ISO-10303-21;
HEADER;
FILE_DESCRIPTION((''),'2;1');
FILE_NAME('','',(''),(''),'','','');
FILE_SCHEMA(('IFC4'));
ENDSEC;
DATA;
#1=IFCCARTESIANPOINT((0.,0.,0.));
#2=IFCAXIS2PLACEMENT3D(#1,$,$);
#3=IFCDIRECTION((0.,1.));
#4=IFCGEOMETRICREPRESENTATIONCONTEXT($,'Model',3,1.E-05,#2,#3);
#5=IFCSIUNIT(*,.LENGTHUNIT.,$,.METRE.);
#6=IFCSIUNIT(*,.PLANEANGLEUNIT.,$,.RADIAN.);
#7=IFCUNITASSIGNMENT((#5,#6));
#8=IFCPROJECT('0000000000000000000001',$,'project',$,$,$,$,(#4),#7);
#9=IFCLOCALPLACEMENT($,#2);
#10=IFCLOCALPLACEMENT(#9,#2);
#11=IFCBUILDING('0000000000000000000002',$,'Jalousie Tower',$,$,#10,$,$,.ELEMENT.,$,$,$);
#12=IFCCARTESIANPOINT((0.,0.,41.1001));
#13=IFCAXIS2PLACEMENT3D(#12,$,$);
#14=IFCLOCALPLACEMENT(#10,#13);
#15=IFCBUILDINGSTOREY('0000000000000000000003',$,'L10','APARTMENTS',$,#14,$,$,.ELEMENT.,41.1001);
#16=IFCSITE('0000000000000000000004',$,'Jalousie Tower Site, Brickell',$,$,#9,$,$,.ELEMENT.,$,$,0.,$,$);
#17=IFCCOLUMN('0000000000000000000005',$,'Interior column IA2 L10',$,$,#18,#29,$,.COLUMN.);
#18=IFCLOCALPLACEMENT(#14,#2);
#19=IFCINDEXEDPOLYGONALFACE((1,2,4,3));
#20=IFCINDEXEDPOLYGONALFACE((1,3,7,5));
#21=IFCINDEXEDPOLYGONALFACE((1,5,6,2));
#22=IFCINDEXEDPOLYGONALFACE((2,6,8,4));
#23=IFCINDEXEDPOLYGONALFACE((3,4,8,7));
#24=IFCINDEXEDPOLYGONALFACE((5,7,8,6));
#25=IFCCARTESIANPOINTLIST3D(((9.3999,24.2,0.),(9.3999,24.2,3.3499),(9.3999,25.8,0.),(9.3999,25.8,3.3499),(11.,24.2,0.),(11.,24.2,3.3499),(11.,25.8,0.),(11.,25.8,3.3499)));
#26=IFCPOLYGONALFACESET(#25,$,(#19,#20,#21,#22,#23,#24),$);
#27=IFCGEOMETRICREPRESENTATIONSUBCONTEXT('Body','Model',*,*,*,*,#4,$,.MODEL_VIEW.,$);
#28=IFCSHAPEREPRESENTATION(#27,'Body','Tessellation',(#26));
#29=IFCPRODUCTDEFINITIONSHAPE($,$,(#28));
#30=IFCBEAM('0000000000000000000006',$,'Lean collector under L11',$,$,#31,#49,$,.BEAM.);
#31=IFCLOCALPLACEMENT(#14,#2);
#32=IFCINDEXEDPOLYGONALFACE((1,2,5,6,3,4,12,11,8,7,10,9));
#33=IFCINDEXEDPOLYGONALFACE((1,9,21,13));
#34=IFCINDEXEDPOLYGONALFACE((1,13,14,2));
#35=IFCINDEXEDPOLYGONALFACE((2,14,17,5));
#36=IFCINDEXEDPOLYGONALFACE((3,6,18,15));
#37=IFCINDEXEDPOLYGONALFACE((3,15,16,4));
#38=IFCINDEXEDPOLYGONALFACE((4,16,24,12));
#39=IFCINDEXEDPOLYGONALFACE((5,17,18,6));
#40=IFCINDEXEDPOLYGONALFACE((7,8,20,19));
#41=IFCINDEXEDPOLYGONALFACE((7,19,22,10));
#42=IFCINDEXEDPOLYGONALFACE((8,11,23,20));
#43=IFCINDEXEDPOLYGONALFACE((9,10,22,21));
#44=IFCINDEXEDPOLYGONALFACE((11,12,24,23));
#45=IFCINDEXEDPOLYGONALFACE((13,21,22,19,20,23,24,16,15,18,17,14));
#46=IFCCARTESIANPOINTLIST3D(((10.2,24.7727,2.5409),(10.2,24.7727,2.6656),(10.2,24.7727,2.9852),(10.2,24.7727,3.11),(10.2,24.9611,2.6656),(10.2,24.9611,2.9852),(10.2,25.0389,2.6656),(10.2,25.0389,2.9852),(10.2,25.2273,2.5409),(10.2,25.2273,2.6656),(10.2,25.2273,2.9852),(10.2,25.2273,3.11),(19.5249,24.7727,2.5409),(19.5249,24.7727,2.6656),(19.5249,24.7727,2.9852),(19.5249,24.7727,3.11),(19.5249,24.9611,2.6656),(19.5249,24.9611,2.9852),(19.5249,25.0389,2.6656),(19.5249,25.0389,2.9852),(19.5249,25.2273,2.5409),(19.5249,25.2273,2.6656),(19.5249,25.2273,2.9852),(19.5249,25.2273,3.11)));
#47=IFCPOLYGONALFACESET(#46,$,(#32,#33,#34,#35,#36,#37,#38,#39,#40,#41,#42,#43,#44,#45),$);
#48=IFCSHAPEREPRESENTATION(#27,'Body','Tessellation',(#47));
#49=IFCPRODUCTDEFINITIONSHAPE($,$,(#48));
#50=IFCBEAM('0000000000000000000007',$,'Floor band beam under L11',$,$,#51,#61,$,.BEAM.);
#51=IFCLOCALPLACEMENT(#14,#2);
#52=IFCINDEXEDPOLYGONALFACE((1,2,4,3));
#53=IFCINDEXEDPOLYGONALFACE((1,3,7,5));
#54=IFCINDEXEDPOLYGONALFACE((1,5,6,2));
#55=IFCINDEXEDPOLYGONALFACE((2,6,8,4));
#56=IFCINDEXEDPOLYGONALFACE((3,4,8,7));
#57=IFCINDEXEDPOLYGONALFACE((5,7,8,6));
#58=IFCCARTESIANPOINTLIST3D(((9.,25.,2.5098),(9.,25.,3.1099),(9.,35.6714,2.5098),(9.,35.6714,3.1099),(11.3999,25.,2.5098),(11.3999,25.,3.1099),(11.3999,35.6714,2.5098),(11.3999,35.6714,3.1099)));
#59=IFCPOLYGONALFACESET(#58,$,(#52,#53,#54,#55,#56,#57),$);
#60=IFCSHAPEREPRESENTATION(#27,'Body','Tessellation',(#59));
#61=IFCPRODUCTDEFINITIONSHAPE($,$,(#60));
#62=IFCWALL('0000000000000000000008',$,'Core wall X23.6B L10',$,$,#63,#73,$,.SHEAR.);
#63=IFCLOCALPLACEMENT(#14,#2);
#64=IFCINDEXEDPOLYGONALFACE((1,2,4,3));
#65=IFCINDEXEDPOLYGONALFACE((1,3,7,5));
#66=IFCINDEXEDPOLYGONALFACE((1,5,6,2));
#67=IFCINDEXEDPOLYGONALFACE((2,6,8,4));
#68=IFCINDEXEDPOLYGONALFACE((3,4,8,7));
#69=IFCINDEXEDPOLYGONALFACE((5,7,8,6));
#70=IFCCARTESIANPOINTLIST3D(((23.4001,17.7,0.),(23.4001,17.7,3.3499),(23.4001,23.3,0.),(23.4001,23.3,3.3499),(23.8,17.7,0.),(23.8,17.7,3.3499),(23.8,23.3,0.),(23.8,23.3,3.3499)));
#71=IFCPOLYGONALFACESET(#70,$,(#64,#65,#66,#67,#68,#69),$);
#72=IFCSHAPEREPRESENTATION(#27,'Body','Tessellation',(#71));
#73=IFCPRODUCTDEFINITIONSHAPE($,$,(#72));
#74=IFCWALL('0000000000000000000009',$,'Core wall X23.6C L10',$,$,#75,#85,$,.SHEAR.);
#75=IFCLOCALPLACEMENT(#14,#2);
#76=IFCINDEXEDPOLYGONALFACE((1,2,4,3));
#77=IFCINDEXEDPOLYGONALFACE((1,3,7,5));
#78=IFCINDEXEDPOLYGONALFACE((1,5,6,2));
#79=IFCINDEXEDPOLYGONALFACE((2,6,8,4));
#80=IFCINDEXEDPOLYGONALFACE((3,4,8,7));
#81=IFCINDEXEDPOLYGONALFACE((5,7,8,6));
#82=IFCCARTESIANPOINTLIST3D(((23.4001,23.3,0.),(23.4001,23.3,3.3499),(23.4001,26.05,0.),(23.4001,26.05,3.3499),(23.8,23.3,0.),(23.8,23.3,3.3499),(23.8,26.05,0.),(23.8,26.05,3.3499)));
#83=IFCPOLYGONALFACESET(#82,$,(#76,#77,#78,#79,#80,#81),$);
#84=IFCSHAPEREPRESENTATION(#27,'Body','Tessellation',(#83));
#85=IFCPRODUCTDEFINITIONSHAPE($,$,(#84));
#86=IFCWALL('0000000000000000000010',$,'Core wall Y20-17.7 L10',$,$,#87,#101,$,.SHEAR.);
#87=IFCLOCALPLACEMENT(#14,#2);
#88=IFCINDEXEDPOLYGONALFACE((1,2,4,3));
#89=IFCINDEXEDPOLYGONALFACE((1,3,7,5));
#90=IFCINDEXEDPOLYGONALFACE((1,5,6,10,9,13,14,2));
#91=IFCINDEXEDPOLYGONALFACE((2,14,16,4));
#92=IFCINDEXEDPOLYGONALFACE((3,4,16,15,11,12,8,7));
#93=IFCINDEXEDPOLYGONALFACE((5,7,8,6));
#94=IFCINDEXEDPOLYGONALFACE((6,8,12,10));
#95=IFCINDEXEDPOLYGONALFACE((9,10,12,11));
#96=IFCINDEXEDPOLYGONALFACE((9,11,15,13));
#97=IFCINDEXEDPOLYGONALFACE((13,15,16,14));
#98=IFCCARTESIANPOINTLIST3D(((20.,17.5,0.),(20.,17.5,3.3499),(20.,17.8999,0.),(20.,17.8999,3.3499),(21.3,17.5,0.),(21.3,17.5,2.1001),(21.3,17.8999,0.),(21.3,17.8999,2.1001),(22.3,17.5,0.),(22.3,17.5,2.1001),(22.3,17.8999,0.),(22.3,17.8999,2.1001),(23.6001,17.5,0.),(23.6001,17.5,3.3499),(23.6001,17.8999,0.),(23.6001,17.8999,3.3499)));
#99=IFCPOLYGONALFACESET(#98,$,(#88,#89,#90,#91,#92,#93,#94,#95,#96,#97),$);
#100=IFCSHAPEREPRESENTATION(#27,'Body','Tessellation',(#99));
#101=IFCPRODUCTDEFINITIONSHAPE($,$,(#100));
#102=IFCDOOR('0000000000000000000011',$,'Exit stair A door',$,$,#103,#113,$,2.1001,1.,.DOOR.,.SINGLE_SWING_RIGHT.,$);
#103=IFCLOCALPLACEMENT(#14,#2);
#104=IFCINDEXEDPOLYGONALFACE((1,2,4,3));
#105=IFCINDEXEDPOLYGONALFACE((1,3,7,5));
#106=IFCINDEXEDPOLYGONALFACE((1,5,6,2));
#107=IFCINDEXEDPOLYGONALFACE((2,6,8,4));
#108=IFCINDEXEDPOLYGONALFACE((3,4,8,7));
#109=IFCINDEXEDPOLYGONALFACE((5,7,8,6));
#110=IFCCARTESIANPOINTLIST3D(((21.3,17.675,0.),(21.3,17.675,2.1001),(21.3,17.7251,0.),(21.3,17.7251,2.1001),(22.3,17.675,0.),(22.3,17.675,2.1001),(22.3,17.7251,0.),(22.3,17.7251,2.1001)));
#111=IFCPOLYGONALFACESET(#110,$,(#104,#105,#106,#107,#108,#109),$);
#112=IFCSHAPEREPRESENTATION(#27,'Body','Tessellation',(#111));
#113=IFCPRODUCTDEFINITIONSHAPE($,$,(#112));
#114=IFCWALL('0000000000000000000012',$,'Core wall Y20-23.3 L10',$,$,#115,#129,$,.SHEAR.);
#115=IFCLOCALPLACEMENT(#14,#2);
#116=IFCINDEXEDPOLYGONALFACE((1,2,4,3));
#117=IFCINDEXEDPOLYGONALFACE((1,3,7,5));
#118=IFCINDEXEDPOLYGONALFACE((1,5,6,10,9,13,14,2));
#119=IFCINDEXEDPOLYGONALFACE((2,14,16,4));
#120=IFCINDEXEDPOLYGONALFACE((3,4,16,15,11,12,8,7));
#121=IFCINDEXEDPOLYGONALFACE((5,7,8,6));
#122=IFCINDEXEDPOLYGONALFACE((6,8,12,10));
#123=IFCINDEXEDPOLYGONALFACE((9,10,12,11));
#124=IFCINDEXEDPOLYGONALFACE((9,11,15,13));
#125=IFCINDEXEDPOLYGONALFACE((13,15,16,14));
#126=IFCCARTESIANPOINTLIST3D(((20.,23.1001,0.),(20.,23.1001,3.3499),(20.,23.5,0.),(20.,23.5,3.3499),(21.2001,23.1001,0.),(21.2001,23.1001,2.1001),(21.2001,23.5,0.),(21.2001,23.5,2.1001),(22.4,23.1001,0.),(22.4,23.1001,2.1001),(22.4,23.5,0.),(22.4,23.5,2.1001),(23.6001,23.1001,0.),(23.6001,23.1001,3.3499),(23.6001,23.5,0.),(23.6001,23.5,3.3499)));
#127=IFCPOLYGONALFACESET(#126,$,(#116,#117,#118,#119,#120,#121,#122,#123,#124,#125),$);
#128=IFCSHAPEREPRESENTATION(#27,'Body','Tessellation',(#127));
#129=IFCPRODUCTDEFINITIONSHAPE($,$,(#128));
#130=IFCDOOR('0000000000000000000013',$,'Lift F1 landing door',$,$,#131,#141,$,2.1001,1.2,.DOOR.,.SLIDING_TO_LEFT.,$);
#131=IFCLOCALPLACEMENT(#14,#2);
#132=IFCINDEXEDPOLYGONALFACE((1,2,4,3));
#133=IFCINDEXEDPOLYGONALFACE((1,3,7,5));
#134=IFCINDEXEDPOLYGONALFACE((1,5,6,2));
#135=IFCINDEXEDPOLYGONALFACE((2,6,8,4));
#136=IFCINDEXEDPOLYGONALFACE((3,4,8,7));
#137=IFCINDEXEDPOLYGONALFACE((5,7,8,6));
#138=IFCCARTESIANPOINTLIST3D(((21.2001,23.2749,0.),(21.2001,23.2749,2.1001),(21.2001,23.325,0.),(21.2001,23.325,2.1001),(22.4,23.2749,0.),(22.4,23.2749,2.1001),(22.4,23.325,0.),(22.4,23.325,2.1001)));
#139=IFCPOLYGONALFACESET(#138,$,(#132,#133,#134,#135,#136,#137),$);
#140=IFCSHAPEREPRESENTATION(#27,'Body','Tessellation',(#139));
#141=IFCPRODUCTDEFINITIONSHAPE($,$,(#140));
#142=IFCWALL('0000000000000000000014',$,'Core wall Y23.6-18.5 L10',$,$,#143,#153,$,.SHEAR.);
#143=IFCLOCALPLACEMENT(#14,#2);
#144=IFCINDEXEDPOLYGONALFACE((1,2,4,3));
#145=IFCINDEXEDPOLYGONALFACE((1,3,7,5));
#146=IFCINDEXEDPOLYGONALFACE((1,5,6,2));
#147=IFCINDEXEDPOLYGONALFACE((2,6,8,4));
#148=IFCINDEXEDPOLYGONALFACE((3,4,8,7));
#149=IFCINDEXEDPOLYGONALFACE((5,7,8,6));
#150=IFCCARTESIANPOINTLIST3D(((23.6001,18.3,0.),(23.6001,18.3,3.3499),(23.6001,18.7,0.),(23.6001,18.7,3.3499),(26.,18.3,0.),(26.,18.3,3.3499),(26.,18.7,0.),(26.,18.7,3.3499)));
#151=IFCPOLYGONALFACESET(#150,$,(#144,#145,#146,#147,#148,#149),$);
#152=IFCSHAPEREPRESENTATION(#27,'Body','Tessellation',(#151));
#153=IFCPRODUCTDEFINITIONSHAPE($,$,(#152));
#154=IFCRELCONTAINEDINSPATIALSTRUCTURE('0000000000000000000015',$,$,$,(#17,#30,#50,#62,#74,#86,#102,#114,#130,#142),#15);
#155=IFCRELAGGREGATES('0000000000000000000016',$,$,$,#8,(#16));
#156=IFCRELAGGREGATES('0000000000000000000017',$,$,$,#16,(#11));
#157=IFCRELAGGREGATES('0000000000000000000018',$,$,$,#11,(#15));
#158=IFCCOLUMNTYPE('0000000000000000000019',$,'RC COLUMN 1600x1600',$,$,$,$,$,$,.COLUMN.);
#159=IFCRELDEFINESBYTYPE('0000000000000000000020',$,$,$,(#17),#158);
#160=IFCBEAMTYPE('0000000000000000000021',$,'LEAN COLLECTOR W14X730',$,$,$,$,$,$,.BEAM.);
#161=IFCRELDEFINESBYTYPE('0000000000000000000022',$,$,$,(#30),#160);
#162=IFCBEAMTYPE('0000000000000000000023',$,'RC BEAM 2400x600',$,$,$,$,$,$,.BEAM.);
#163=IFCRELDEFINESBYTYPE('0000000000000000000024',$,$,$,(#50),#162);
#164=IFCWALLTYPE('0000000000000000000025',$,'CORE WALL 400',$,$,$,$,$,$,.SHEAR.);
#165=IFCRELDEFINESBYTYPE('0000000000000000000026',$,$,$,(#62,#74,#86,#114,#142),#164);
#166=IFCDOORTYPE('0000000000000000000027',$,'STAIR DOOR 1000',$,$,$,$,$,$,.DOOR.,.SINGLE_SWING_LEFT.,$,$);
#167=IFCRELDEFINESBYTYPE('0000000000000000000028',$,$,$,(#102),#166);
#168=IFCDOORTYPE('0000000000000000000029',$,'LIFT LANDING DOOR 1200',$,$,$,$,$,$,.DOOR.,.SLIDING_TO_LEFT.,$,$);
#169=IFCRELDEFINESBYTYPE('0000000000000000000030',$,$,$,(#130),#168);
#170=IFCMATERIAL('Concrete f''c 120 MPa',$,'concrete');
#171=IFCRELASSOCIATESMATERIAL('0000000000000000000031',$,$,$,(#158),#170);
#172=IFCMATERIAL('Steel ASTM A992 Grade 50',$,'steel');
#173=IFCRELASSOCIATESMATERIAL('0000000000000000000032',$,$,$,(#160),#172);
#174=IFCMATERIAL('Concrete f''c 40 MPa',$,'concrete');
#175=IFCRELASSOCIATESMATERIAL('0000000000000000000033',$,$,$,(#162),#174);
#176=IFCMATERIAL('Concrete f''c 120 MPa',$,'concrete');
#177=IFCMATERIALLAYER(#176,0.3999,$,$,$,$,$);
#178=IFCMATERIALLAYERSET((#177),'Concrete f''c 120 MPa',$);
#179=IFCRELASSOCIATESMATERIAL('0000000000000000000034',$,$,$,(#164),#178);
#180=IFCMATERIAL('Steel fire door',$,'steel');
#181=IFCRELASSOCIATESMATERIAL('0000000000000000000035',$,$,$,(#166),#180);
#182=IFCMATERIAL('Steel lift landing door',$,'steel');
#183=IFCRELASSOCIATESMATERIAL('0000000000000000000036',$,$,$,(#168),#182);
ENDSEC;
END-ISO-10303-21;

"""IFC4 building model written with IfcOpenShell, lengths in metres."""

from ifc_helpers import new_model, si_unit, direction, frame, frame_2d, origin, origin_2d, place, context, subcontext, project, spatial, rectangle, i_section, extrude, material, layer, layer_set, material_profile, profile_set, type_object, element, fill, save


model = new_model("IFC4")

# Units and contexts
model_context = context("Model", 3, precision=1e-05, world=origin(), true_north=direction((0.0, 1.0)))
body_context = subcontext(model_context, "Body", "Model", "MODEL_VIEW")
ifc_project = project(units=[si_unit("LENGTHUNIT", "METRE"), si_unit("PLANEANGLEUNIT", "RADIAN")], contexts=[model_context])

# Site, building, storey
site_placement = place(None, origin())
site = spatial("IfcSite", under=ifc_project, at=site_placement, Name="Jalousie Tower Site, Brickell", CompositionType="ELEMENT", RefElevation=0.0)
building_placement = place(site_placement, origin())
building = spatial("IfcBuilding", under=site, at=building_placement, Name="Jalousie Tower", CompositionType="ELEMENT")
storey_placement = place(building_placement, frame((0.0, 0.0, 41.1001)))
storey = spatial("IfcBuildingStorey", under=building, at=storey_placement, Name="L10", Description="APARTMENTS", CompositionType="ELEMENT", Elevation=41.1001)

# Column
ifc_material_1 = material(Name="Concrete f'c 120 MPa", Category="concrete")
ifc_material_profile_1 = material_profile(ifc_material_1, rectangle(XDim=1.6001, YDim=1.6001, at=origin_2d()), Name="RC 1600x1600")
ifc_profile_set_1 = profile_set([ifc_material_profile_1], Name="Concrete f'c 120 MPa")
column_type = type_object("IfcColumnType", Name="RC COLUMN 1600x1600", PredefinedType="COLUMN", material=ifc_profile_set_1)
column_placement = place(storey_placement, frame((10.2, 25.0, 0.0), z_axis=(0.0, 0.0, 1.0), x_axis=(1.0, 0.0, 0.0)))
element("IfcColumn", 1, at=column_placement, inside=storey, type_object=column_type, Name="Interior column IA2 L10", PredefinedType="COLUMN", context=body_context, shape_type="SweptSolid", body=[
    extrude(rectangle(XDim=1.6001, YDim=1.6001, at=origin_2d()), origin(), (0.0, 0.0, 1.0), 3.3499),
])

# Beams
ifc_material_2 = material(Name="Steel ASTM A992 Grade 50", Category="steel")
ifc_material_profile_2 = material_profile(ifc_material_2, i_section(OverallWidth=0.4546, OverallDepth=0.5691, WebThickness=0.0779, FlangeThickness=0.1248, at=origin_2d()), Name="W14X730")
ifc_profile_set_2 = profile_set([ifc_material_profile_2], Name="Steel ASTM A992 Grade 50")
beam_type_1 = type_object("IfcBeamType", Name="LEAN COLLECTOR W14X730", PredefinedType="BEAM", material=ifc_profile_set_2)
beam_1_placement = place(storey_placement, frame((10.2, 25.0, 2.8254), z_axis=(1.0, 0.0, 0.0), x_axis=(0.0, 1.0, 0.0)))
element("IfcBeam", 2, at=beam_1_placement, inside=storey, type_object=beam_type_1, Name="Lean collector under L11", PredefinedType="BEAM", context=body_context, shape_type="SweptSolid", body=[
    extrude(i_section(OverallWidth=0.4546, OverallDepth=0.5691, WebThickness=0.0779, FlangeThickness=0.1248, at=origin_2d()), origin(), (0.0, 0.0, 1.0), 9.325),
])
ifc_material_3 = material(Name="Concrete f'c 40 MPa", Category="concrete")
ifc_material_profile_3 = material_profile(ifc_material_3, rectangle(XDim=2.3999, YDim=0.6001, at=origin_2d()), Name="RC 2400x600")
ifc_profile_set_3 = profile_set([ifc_material_profile_3], Name="Concrete f'c 40 MPa")
beam_type_2 = type_object("IfcBeamType", Name="RC BEAM 2400x600", PredefinedType="BEAM", material=ifc_profile_set_3)
beam_2_placement = place(storey_placement, frame((10.2, 25.0, 2.8098), z_axis=(0.0, 1.0, 0.0), x_axis=(-1.0, 0.0, 0.0)))
element("IfcBeam", 3, at=beam_2_placement, inside=storey, type_object=beam_type_2, Name="Floor band beam under L11", PredefinedType="BEAM", context=body_context, shape_type="SweptSolid", body=[
    extrude(rectangle(XDim=2.3999, YDim=0.6001, at=origin_2d()), origin(), (0.0, 0.0, 1.0), 10.6714),
])

# Walls
ifc_material_4 = material(Name="Concrete f'c 120 MPa", Category="concrete")
ifc_layer_1 = layer(ifc_material_4, 0.3999)
ifc_layer_set_1 = layer_set([ifc_layer_1], Name="Concrete f'c 120 MPa")
wall_type_1 = type_object("IfcWallType", Name="CORE WALL 400", PredefinedType="SHEAR", material=ifc_layer_set_1)
wall_1_placement = place(storey_placement, frame((23.6001, 17.7, 0.0), z_axis=(0.0, 0.0, 1.0), x_axis=(0.0, 1.0, 0.0)))
element("IfcWall", 4, at=wall_1_placement, inside=storey, type_object=wall_type_1, Name="Core wall X23.6B L10", PredefinedType="SHEAR", context=body_context, shape_type="SweptSolid", body=[
    extrude(rectangle(XDim=5.6001, YDim=0.3999, at=frame_2d((2.8, 0.0))), origin(), (0.0, 0.0, 1.0), 3.3499),
])
wall_2_placement = place(storey_placement, frame((23.6001, 23.3, 0.0), z_axis=(0.0, 0.0, 1.0), x_axis=(0.0, 1.0, 0.0)))
element("IfcWall", 5, at=wall_2_placement, inside=storey, type_object=wall_type_1, Name="Core wall X23.6C L10", PredefinedType="SHEAR", context=body_context, shape_type="SweptSolid", body=[
    extrude(rectangle(XDim=2.75, YDim=0.3999, at=frame_2d((1.375, 0.0))), origin(), (0.0, 0.0, 1.0), 3.3499),
])

# Walls, openings, doors
wall_3_placement = place(storey_placement, frame((20.0, 17.7, 0.0), z_axis=(0.0, 0.0, 1.0), x_axis=(1.0, 0.0, 0.0)))
wall_3 = element("IfcWall", 6, at=wall_3_placement, inside=storey, type_object=wall_type_1, Name="Core wall Y20-17.7 L10", PredefinedType="SHEAR", context=body_context, shape_type="SweptSolid", body=[
    extrude(rectangle(XDim=3.6001, YDim=0.3999, at=frame_2d((1.8, 0.0))), origin(), (0.0, 0.0, 1.0), 3.3499),
])
opening_1_placement = place(wall_3_placement, frame((1.3, 0.0, 0.0)))
opening_1 = element("IfcOpeningElement", 7, at=opening_1_placement, cuts=wall_3, PredefinedType="OPENING", context=body_context, shape_type="SweptSolid", body=[
    extrude(rectangle(XDim=1.0, YDim=2.1001, at=frame_2d((0.5, 1.05))), frame((0.0, 0.21, 0.0), z_axis=(0.0, -1.0, 0.0), x_axis=(1.0, 0.0, 0.0)), (0.0, 0.0, 1.0), 0.4199),
])
ifc_material_5 = material(Name="Steel fire door", Category="steel")
door_type_1 = type_object("IfcDoorType", Name="STAIR DOOR 1000", OperationType="SINGLE_SWING_LEFT", PredefinedType="DOOR", material=ifc_material_5)
door_1_placement = place(opening_1_placement, frame((1.0, 0.0, 0.0), z_axis=(0.0, 0.0, 1.0), x_axis=(-1.0, 0.0, 0.0)))
door_1 = element("IfcDoor", 8, at=door_1_placement, inside=storey, type_object=door_type_1, Name="Exit stair A door", OperationType="SINGLE_SWING_RIGHT", OverallHeight=2.1001, OverallWidth=1.0, PredefinedType="DOOR", context=body_context, shape_type="SweptSolid", body=[
    extrude(rectangle(XDim=1.0, YDim=2.1001, at=frame_2d((0.5, 1.05))), frame((0.0, 0.0249, 0.0), z_axis=(0.0, -1.0, 0.0), x_axis=(1.0, 0.0, 0.0)), (0.0, 0.0, 1.0), 0.05),
])
fill(opening_1, door_1)
wall_4_placement = place(storey_placement, frame((20.0, 23.3, 0.0), z_axis=(0.0, 0.0, 1.0), x_axis=(1.0, 0.0, 0.0)))
wall_4 = element("IfcWall", 9, at=wall_4_placement, inside=storey, type_object=wall_type_1, Name="Core wall Y20-23.3 L10", PredefinedType="SHEAR", context=body_context, shape_type="SweptSolid", body=[
    extrude(rectangle(XDim=3.6001, YDim=0.3999, at=frame_2d((1.8, 0.0))), origin(), (0.0, 0.0, 1.0), 3.3499),
])
opening_2_placement = place(wall_4_placement, frame((1.2, 0.0, 0.0)))
opening_2 = element("IfcOpeningElement", 10, at=opening_2_placement, cuts=wall_4, PredefinedType="OPENING", context=body_context, shape_type="SweptSolid", body=[
    extrude(rectangle(XDim=1.2, YDim=2.1001, at=frame_2d((0.6001, 1.05))), frame((0.0, 0.21, 0.0), z_axis=(0.0, -1.0, 0.0), x_axis=(1.0, 0.0, 0.0)), (0.0, 0.0, 1.0), 0.4199),
])
ifc_material_6 = material(Name="Steel lift landing door", Category="steel")
door_type_2 = type_object("IfcDoorType", Name="LIFT LANDING DOOR 1200", OperationType="SLIDING_TO_LEFT", PredefinedType="DOOR", material=ifc_material_6)
door_2_placement = place(opening_2_placement, origin())
door_2 = element("IfcDoor", 11, at=door_2_placement, inside=storey, type_object=door_type_2, Name="Lift F1 landing door", OperationType="SLIDING_TO_LEFT", OverallHeight=2.1001, OverallWidth=1.2, PredefinedType="DOOR", context=body_context, shape_type="SweptSolid", body=[
    extrude(rectangle(XDim=1.2, YDim=2.1001, at=frame_2d((0.6001, 1.05))), frame((0.0, 0.0249, 0.0), z_axis=(0.0, -1.0, 0.0), x_axis=(1.0, 0.0, 0.0)), (0.0, 0.0, 1.0), 0.05),
])
fill(opening_2, door_2)

# Wall
wall_5_placement = place(storey_placement, frame((23.6001, 18.5, 0.0), z_axis=(0.0, 0.0, 1.0), x_axis=(1.0, 0.0, 0.0)))
element("IfcWall", 12, at=wall_5_placement, inside=storey, type_object=wall_type_1, Name="Core wall Y23.6-18.5 L10", PredefinedType="SHEAR", context=body_context, shape_type="SweptSolid", body=[
    extrude(rectangle(XDim=2.3999, YDim=0.3999, at=frame_2d((1.2, 0.0))), origin(), (0.0, 0.0, 1.0), 3.3499),
])

save(model, "model.ifc")
